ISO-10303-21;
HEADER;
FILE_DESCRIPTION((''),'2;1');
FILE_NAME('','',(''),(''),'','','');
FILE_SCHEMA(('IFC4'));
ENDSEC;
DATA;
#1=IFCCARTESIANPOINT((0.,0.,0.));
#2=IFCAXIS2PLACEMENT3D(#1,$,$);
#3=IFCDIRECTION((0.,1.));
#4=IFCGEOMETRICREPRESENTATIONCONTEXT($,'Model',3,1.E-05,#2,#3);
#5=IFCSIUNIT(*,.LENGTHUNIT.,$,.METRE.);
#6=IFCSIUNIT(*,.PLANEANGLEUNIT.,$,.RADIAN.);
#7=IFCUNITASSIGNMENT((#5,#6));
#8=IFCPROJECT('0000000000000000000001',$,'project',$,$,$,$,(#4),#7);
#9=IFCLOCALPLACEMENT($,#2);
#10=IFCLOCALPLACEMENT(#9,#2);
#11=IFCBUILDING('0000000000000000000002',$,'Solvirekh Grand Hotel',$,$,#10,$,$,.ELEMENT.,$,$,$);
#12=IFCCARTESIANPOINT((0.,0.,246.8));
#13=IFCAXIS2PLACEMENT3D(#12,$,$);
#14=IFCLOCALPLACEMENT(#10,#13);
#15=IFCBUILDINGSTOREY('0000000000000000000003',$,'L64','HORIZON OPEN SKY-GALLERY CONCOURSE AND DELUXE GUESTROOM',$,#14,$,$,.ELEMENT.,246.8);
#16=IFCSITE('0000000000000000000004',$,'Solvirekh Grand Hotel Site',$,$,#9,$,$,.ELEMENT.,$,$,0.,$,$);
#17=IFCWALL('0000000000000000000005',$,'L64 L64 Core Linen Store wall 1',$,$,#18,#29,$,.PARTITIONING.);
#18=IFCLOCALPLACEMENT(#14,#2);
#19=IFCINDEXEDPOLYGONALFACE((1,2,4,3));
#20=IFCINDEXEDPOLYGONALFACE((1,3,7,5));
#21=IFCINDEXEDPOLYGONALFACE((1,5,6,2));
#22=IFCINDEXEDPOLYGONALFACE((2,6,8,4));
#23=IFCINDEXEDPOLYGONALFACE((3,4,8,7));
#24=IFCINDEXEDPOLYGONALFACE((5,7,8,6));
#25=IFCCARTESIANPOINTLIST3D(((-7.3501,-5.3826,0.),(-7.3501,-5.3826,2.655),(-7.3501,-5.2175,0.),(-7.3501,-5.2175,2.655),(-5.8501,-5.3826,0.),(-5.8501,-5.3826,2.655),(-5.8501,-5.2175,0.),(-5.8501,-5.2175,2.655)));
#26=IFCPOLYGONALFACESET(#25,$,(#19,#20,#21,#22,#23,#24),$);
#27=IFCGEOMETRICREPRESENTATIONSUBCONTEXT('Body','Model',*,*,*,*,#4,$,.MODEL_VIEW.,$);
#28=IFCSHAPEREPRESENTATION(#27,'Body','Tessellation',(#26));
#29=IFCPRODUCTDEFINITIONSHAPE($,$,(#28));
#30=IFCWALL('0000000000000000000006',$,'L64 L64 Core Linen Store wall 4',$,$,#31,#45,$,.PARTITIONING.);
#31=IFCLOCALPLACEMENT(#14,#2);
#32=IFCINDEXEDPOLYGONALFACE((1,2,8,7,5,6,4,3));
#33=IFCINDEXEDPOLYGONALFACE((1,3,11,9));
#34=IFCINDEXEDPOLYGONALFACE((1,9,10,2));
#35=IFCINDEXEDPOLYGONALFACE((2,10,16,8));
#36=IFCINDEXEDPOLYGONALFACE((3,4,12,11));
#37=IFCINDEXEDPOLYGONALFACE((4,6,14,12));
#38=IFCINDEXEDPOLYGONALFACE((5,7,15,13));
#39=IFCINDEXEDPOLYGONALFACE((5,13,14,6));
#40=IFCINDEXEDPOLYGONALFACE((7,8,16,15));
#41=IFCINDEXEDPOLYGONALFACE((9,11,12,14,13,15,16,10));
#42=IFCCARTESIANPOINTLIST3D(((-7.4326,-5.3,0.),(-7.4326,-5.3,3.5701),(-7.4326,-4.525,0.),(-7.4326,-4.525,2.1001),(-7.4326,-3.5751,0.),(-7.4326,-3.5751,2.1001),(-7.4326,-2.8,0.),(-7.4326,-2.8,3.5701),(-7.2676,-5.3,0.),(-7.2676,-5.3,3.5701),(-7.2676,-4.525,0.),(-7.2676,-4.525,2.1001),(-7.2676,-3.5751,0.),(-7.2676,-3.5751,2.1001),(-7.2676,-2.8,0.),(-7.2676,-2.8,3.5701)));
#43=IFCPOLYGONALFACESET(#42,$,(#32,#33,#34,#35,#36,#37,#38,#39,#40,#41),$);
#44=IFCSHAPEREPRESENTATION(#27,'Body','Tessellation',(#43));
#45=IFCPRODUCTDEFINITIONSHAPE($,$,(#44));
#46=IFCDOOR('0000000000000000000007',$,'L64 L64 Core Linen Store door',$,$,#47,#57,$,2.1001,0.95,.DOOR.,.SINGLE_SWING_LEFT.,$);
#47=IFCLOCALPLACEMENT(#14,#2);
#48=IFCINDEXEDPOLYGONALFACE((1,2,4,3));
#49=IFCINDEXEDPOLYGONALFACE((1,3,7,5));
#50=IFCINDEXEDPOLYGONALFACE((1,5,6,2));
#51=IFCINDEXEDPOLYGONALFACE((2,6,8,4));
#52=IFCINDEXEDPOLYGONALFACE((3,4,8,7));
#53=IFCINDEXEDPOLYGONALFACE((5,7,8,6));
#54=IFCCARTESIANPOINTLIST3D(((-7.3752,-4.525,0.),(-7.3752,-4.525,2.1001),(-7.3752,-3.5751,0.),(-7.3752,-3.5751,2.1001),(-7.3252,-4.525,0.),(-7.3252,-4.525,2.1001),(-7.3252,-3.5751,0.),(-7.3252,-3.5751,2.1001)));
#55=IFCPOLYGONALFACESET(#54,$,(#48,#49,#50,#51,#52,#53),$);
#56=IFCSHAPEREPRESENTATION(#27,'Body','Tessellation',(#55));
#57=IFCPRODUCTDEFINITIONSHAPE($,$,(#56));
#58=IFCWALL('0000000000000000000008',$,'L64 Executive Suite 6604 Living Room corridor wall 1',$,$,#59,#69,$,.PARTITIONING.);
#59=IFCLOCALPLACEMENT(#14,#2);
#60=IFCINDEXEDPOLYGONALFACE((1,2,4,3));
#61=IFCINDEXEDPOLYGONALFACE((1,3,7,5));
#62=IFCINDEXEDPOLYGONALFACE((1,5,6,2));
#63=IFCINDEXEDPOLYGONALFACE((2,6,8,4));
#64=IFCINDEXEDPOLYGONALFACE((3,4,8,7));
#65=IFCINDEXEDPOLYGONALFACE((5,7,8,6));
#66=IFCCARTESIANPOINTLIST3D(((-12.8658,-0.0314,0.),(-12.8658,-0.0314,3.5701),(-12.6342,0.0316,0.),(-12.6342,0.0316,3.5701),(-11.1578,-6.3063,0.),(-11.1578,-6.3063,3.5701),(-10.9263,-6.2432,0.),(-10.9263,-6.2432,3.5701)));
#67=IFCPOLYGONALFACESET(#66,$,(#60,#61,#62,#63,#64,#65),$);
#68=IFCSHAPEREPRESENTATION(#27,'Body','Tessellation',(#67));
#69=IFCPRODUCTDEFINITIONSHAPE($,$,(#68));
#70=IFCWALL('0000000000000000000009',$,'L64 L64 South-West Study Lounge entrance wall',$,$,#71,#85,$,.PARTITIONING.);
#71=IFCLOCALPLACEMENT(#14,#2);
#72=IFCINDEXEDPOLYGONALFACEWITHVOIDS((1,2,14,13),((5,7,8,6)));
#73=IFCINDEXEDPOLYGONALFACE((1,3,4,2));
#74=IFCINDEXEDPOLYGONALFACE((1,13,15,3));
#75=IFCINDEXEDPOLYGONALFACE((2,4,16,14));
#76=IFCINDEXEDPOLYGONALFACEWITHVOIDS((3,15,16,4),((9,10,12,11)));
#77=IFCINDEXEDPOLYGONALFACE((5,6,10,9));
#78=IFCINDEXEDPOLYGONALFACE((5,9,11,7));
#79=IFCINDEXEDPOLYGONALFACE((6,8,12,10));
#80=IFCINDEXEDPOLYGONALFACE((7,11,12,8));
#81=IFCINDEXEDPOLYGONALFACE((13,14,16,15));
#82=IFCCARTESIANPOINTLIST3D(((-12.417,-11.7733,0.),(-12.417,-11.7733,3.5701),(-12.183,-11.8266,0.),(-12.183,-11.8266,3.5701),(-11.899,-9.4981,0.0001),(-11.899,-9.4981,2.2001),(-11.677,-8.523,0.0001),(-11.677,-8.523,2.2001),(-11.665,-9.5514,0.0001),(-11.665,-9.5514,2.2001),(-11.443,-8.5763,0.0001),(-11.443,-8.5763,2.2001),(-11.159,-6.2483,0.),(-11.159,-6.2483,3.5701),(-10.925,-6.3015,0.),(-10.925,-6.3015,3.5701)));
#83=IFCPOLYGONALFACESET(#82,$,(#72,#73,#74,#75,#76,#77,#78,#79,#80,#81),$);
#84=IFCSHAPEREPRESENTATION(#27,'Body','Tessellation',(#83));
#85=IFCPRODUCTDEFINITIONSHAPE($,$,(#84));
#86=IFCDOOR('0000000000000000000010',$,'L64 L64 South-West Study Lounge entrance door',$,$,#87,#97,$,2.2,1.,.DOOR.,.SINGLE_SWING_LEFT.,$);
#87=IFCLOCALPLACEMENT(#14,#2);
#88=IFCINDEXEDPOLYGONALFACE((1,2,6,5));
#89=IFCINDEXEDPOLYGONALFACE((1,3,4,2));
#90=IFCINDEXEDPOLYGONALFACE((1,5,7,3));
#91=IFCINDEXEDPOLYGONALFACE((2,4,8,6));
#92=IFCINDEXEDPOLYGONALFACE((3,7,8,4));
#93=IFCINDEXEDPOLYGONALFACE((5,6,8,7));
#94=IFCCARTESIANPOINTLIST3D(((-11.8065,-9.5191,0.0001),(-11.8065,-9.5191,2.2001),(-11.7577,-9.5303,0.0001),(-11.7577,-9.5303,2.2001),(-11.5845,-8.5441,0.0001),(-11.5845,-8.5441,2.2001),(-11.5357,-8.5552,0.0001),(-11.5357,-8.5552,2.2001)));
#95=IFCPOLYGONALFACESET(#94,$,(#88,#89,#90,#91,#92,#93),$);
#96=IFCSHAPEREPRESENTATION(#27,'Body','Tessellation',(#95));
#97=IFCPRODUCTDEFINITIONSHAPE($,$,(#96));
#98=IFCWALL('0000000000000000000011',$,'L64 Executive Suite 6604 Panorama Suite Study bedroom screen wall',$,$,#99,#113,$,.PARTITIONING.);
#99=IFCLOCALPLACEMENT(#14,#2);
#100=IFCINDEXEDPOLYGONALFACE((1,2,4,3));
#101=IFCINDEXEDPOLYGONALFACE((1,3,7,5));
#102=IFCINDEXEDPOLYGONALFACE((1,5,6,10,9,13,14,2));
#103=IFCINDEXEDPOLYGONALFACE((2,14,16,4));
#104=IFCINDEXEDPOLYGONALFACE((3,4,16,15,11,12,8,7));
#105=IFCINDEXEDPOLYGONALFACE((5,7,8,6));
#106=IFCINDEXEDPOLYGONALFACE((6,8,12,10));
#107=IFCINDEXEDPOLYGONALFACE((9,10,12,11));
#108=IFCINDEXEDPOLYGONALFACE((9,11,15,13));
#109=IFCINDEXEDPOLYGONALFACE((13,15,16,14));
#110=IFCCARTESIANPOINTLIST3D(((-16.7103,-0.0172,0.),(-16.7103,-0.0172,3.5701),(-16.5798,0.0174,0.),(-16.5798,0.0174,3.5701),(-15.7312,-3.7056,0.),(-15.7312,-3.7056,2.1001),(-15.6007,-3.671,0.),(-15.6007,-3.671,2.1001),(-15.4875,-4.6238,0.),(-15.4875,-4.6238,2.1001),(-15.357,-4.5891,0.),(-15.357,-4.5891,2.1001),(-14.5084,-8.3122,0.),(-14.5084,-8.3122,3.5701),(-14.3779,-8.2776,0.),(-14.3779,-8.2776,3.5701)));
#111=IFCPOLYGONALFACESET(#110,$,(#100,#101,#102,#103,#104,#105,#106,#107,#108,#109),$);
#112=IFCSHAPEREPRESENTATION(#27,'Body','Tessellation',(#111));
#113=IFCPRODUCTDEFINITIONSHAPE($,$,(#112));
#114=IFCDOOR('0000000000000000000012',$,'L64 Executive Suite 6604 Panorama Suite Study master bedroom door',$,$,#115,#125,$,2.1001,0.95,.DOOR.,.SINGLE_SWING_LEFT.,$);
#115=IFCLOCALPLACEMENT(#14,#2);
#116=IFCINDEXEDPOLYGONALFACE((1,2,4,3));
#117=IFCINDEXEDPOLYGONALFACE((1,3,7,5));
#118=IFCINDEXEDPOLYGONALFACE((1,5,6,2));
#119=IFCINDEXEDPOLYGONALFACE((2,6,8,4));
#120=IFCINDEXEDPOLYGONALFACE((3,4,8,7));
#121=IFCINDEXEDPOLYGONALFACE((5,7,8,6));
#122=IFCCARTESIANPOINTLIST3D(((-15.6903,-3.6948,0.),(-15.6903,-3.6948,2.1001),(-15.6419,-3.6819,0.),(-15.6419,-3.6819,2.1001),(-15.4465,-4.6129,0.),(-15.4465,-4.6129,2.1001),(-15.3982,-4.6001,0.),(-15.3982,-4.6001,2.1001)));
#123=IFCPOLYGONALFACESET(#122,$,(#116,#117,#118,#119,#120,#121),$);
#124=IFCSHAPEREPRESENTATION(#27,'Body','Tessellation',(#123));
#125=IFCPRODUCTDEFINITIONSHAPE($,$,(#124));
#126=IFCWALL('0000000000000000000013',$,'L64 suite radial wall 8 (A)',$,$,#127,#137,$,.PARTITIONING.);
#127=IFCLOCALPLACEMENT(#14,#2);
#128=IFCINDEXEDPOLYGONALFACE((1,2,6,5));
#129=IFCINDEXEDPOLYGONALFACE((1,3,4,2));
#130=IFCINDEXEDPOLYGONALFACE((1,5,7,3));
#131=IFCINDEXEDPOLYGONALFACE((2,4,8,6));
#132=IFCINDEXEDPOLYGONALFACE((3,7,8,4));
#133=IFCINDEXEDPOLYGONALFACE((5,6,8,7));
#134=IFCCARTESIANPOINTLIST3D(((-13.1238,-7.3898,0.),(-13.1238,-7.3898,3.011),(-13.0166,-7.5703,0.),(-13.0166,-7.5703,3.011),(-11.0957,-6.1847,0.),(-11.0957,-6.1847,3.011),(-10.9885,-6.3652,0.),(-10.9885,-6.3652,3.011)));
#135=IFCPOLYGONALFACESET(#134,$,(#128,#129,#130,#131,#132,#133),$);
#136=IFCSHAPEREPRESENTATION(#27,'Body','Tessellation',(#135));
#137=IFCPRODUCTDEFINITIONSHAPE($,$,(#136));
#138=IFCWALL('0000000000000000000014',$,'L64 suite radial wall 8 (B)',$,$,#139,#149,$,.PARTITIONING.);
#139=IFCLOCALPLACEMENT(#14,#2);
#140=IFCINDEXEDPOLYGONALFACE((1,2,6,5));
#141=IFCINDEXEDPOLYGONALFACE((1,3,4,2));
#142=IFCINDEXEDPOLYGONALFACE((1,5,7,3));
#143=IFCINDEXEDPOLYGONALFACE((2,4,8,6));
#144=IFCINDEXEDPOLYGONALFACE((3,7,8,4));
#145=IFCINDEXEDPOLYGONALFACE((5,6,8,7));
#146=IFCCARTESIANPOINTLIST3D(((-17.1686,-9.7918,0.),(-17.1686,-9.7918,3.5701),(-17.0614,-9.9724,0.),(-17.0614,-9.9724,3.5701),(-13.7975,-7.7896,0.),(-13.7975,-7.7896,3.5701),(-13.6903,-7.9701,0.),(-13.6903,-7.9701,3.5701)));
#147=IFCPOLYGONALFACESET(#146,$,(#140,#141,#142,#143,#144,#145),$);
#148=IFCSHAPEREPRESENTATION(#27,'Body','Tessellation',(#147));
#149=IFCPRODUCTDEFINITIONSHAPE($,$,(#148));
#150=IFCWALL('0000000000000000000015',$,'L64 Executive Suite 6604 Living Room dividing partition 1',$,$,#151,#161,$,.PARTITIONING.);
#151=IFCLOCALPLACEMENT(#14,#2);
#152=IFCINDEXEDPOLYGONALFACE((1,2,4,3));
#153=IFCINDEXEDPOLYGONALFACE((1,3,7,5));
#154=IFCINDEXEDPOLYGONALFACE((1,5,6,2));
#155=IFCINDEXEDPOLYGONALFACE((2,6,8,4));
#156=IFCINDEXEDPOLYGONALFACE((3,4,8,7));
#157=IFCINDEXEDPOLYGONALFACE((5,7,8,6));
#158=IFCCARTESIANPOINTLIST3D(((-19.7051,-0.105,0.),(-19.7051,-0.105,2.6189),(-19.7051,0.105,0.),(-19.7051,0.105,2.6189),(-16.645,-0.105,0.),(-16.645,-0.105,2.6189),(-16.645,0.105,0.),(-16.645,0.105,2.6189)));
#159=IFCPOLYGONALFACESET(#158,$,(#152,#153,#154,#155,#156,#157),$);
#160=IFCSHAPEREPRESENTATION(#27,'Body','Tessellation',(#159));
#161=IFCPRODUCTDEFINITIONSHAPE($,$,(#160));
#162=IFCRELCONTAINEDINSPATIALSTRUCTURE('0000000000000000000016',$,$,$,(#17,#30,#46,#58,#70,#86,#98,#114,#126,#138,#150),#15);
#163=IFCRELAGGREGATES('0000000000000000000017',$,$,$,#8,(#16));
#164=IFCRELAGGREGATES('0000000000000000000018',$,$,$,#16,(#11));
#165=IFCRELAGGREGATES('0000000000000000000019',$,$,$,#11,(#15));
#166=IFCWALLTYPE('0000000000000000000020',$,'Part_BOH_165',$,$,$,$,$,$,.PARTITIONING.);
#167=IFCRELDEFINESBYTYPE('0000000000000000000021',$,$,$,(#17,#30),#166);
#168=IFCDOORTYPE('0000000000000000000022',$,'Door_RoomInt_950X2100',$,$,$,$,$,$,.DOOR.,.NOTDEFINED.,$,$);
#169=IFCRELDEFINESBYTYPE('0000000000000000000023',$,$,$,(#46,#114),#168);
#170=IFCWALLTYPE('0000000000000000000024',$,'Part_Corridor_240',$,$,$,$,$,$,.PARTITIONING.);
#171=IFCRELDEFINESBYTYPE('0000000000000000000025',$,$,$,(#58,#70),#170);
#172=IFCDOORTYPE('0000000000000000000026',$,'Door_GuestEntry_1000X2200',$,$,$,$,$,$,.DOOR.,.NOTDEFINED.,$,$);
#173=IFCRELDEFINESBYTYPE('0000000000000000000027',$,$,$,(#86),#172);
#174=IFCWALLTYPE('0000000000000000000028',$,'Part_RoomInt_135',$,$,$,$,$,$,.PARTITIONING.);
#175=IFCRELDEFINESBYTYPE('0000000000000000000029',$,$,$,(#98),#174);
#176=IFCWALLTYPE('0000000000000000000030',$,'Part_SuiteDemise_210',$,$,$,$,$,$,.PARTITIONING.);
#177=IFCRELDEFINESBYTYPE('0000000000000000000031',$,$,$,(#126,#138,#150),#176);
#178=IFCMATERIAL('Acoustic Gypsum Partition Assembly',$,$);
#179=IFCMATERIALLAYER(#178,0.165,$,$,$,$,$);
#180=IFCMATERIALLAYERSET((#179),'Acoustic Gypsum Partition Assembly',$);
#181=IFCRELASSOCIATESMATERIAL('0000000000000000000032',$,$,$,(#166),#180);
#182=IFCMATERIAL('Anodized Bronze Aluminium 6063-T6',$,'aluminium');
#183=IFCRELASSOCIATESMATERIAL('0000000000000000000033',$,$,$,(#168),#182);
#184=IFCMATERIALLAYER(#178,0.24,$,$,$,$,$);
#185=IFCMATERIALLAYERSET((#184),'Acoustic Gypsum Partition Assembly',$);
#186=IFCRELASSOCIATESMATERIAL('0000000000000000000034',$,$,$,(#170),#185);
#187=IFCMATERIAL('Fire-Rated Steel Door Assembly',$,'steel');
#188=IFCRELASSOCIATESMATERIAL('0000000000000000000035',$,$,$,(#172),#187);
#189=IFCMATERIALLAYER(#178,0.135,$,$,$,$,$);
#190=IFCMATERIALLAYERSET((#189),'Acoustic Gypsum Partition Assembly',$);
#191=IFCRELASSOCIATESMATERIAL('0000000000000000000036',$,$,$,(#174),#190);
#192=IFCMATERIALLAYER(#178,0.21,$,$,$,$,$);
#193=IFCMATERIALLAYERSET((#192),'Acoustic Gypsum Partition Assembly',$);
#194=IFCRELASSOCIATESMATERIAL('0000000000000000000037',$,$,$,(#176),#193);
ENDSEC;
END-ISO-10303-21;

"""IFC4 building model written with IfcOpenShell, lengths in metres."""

from ifc_helpers import new_model, si_unit, direction, frame, frame_2d, origin, place, context, subcontext, project, spatial, rectangle, extrude, material, layer, layer_set, type_object, element, fill, save


model = new_model("IFC4")

# Units and contexts
model_context = context("Model", 3, precision=1e-05, world=origin(), true_north=direction((0.0, 1.0)))
body_context = subcontext(model_context, "Body", "Model", "MODEL_VIEW")
ifc_project = project(units=[si_unit("LENGTHUNIT", "METRE"), si_unit("PLANEANGLEUNIT", "RADIAN")], contexts=[model_context])

# Site, building, storey
site_placement = place(None, origin())
site = spatial("IfcSite", under=ifc_project, at=site_placement, Name="Solvirekh Grand Hotel Site", CompositionType="ELEMENT", RefElevation=0.0)
building_placement = place(site_placement, origin())
building = spatial("IfcBuilding", under=site, at=building_placement, Name="Solvirekh Grand Hotel", CompositionType="ELEMENT")
storey_placement = place(building_placement, frame((0.0, 0.0, 246.8)))
storey = spatial("IfcBuildingStorey", under=building, at=storey_placement, Name="L64", Description="HORIZON OPEN SKY-GALLERY CONCOURSE AND DELUXE GUESTROOM", CompositionType="ELEMENT", Elevation=246.8)

# Shared definitions
ifc_material_1 = material(Name="Anodized Bronze Aluminium 6063-T6", Category="aluminium")

# Wall
ifc_material_2 = material(Name="Acoustic Gypsum Partition Assembly")
ifc_layer_1 = layer(ifc_material_2, 0.165)
ifc_layer_set_1 = layer_set([ifc_layer_1], Name="Acoustic Gypsum Partition Assembly")
wall_type_1 = type_object("IfcWallType", Name="Part_BOH_165", PredefinedType="PARTITIONING", material=ifc_layer_set_1)
wall_1_placement = place(storey_placement, frame((-7.3501, -5.3, 0.0), z_axis=(0.0, 0.0, 1.0), x_axis=(1.0, 0.0, 0.0)))
element("IfcWall", 1, at=wall_1_placement, inside=storey, type_object=wall_type_1, Name="L64 L64 Core Linen Store wall 1", PredefinedType="PARTITIONING", context=body_context, shape_type="SweptSolid", body=[
    extrude(rectangle(XDim=1.5, YDim=0.165, at=frame_2d((0.75, 0.0))), origin(), (0.0, 0.0, 1.0), 2.655),
])

# Wall, opening, door
wall_2_placement = place(storey_placement, frame((-7.3501, -2.8, 0.0), z_axis=(0.0, 0.0, 1.0), x_axis=(0.0, -1.0, 0.0)))
wall_2 = element("IfcWall", 2, at=wall_2_placement, inside=storey, type_object=wall_type_1, Name="L64 L64 Core Linen Store wall 4", PredefinedType="PARTITIONING", context=body_context, shape_type="SweptSolid", body=[
    extrude(rectangle(XDim=2.5, YDim=0.165, at=frame_2d((1.25, 0.0))), origin(), (0.0, 0.0, 1.0), 3.5701),
])
opening_1_placement = place(wall_2_placement, frame((0.7749, 0.0, 0.0)))
opening_1 = element("IfcOpeningElement", 3, at=opening_1_placement, cuts=wall_2, PredefinedType="OPENING", context=body_context, shape_type="SweptSolid", body=[
    extrude(rectangle(XDim=0.95, YDim=2.1001, at=frame_2d((0.4751, 1.05))), frame((0.0, 0.0925, 0.0), z_axis=(0.0, -1.0, 0.0), x_axis=(1.0, 0.0, 0.0)), (0.0, 0.0, 1.0), 0.1851),
])
door_type_1 = type_object("IfcDoorType", Name="Door_RoomInt_950X2100", OperationType="NOTDEFINED", PredefinedType="DOOR", material=ifc_material_1)
door_1_placement = place(opening_1_placement, origin())
door_1 = element("IfcDoor", 4, at=door_1_placement, inside=storey, type_object=door_type_1, Name="L64 L64 Core Linen Store door", OperationType="SINGLE_SWING_LEFT", OverallHeight=2.1001, OverallWidth=0.95, PredefinedType="DOOR", context=body_context, shape_type="SweptSolid", body=[
    extrude(rectangle(XDim=0.95, YDim=2.1001, at=frame_2d((0.4751, 1.05))), frame((0.0, 0.0249, 0.0), z_axis=(0.0, -1.0, 0.0), x_axis=(1.0, 0.0, 0.0)), (0.0, 0.0, 1.0), 0.05),
])
fill(opening_1, door_1)

# Wall
ifc_layer_2 = layer(ifc_material_2, 0.24)
ifc_layer_set_2 = layer_set([ifc_layer_2], Name="Acoustic Gypsum Partition Assembly")
wall_type_2 = type_object("IfcWallType", Name="Part_Corridor_240", PredefinedType="PARTITIONING", material=ifc_layer_set_2)
wall_3_placement = place(storey_placement, frame((-12.75, 0.0, 0.0), z_axis=(0.0, 0.0, 1.0), x_axis=(0.262641, -0.964894, 0.0)))
element("IfcWall", 5, at=wall_3_placement, inside=storey, type_object=wall_type_2, Name="L64 Executive Suite 6604 Living Room corridor wall 1", PredefinedType="PARTITIONING", context=body_context, shape_type="SweptSolid", body=[
    extrude(rectangle(XDim=6.5032, YDim=0.24, at=frame_2d((3.2515, 0.0))), origin(), (0.0, 0.0, 1.0), 3.5701),
])

# Walls, openings, doors
wall_4_placement = place(storey_placement, frame((-11.042, -6.2749, 0.0), z_axis=(0.0, 0.0, 1.0), x_axis=(-0.222014, -0.975043, 0.0)))
wall_4 = element("IfcWall", 6, at=wall_4_placement, inside=storey, type_object=wall_type_2, Name="L64 L64 South-West Study Lounge entrance wall", PredefinedType="PARTITIONING", context=body_context, shape_type="SweptSolid", body=[
    extrude(rectangle(XDim=5.6665, YDim=0.24, at=frame_2d((2.8333, 0.0))), origin(), (0.0, 0.0, 1.0), 3.5701),
])
opening_2_placement = place(wall_4_placement, frame((2.333, 0.0, 0.0)))
opening_2 = element("IfcOpeningElement", 7, at=opening_2_placement, cuts=wall_4, PredefinedType="OPENING", context=body_context, shape_type="SweptSolid", body=[
    extrude(rectangle(XDim=1.0, YDim=2.2, at=frame_2d((0.5, 1.1001))), frame((0.0, 0.1299, 0.0), z_axis=(0.0, -1.0, 0.0), x_axis=(1.0, 0.0, 0.0)), (0.0, 0.0, 1.0), 0.26),
])
ifc_material_3 = material(Name="Fire-Rated Steel Door Assembly", Category="steel")
door_type_2 = type_object("IfcDoorType", Name="Door_GuestEntry_1000X2200", OperationType="NOTDEFINED", PredefinedType="DOOR", material=ifc_material_3)
door_2_placement = place(opening_2_placement, origin())
door_2 = element("IfcDoor", 8, at=door_2_placement, inside=storey, type_object=door_type_2, Name="L64 L64 South-West Study Lounge entrance door", OperationType="SINGLE_SWING_LEFT", OverallHeight=2.2, OverallWidth=1.0, PredefinedType="DOOR", context=body_context, shape_type="SweptSolid", body=[
    extrude(rectangle(XDim=1.0, YDim=2.2, at=frame_2d((0.5, 1.1001))), frame((0.0, 0.0249, 0.0), z_axis=(0.0, -1.0, 0.0), x_axis=(1.0, 0.0, 0.0)), (0.0, 0.0, 1.0), 0.05),
])
fill(opening_2, door_2)
ifc_layer_3 = layer(ifc_material_2, 0.135)
ifc_layer_set_3 = layer_set([ifc_layer_3], Name="Acoustic Gypsum Partition Assembly")
wall_type_3 = type_object("IfcWallType", Name="Part_RoomInt_135", PredefinedType="PARTITIONING", material=ifc_layer_set_3)
wall_5_placement = place(storey_placement, frame((-16.645, 0.0, 0.0), z_axis=(0.0, 0.0, 1.0), x_axis=(0.256566, -0.966527, 0.0)))
wall_5 = element("IfcWall", 9, at=wall_5_placement, inside=storey, type_object=wall_type_3, Name="L64 Executive Suite 6604 Panorama Suite Study bedroom screen wall", PredefinedType="PARTITIONING", context=body_context, shape_type="SweptSolid", body=[
    extrude(rectangle(XDim=8.5823, YDim=0.135, at=frame_2d((4.291, 0.0))), origin(), (0.0, 0.0, 1.0), 3.5701),
])
opening_3_placement = place(wall_5_placement, frame((3.8159, 0.0, 0.0)))
opening_3 = element("IfcOpeningElement", 10, at=opening_3_placement, cuts=wall_5, PredefinedType="OPENING", context=body_context, shape_type="SweptSolid", body=[
    extrude(rectangle(XDim=0.95, YDim=2.1001, at=frame_2d((0.4751, 1.05))), frame((0.0, 0.0776, 0.0), z_axis=(0.0, -1.0, 0.0), x_axis=(1.0, 0.0, 0.0)), (0.0, 0.0, 1.0), 0.155),
])
door_3_placement = place(opening_3_placement, origin())
door_3 = element("IfcDoor", 11, at=door_3_placement, inside=storey, type_object=door_type_1, Name="L64 Executive Suite 6604 Panorama Suite Study master bedroom door", OperationType="SINGLE_SWING_LEFT", OverallHeight=2.1001, OverallWidth=0.95, PredefinedType="DOOR", context=body_context, shape_type="SweptSolid", body=[
    extrude(rectangle(XDim=0.95, YDim=2.1001, at=frame_2d((0.4751, 1.05))), frame((0.0, 0.0249, 0.0), z_axis=(0.0, -1.0, 0.0), x_axis=(1.0, 0.0, 0.0)), (0.0, 0.0, 1.0), 0.05),
])
fill(opening_3, door_3)

# Walls
ifc_layer_4 = layer(ifc_material_2, 0.21)
ifc_layer_set_4 = layer_set([ifc_layer_4], Name="Acoustic Gypsum Partition Assembly")
wall_type_4 = type_object("IfcWallType", Name="Part_SuiteDemise_210", PredefinedType="PARTITIONING", material=ifc_layer_set_4)
wall_6_placement = place(storey_placement, frame((-11.042, -6.2749, 0.0), z_axis=(0.0, 0.0, 1.0), x_axis=(-0.859686, -0.510823, 0.0)))
element("IfcWall", 12, at=wall_6_placement, inside=storey, type_object=wall_type_4, Name="L64 suite radial wall 8 (A)", PredefinedType="PARTITIONING", context=body_context, shape_type="SweptSolid", body=[
    extrude(rectangle(XDim=2.3591, YDim=0.21, at=frame_2d((1.1797, 0.0))), origin(), (0.0, 0.0, 1.0), 3.011),
])
wall_7_placement = place(storey_placement, frame((-13.7439, -7.8799, 0.0), z_axis=(0.0, 0.0, 1.0), x_axis=(-0.859786, -0.510654, 0.0)))
element("IfcWall", 13, at=wall_7_placement, inside=storey, type_object=wall_type_4, Name="L64 suite radial wall 8 (B)", PredefinedType="PARTITIONING", context=body_context, shape_type="SweptSolid", body=[
    extrude(rectangle(XDim=3.9209, YDim=0.21, at=frame_2d((1.9604, 0.0))), origin(), (0.0, 0.0, 1.0), 3.5701),
])
wall_8_placement = place(storey_placement, frame((-16.645, 0.0, 0.0), z_axis=(0.0, 0.0, 1.0), x_axis=(-1.0, 0.0, 0.0)))
element("IfcWall", 14, at=wall_8_placement, inside=storey, type_object=wall_type_4, Name="L64 Executive Suite 6604 Living Room dividing partition 1", PredefinedType="PARTITIONING", context=body_context, shape_type="SweptSolid", body=[
    extrude(rectangle(XDim=3.0601, YDim=0.21, at=frame_2d((1.53, 0.0))), origin(), (0.0, 0.0, 1.0), 2.6189),
])

save(model, "model.ifc")
